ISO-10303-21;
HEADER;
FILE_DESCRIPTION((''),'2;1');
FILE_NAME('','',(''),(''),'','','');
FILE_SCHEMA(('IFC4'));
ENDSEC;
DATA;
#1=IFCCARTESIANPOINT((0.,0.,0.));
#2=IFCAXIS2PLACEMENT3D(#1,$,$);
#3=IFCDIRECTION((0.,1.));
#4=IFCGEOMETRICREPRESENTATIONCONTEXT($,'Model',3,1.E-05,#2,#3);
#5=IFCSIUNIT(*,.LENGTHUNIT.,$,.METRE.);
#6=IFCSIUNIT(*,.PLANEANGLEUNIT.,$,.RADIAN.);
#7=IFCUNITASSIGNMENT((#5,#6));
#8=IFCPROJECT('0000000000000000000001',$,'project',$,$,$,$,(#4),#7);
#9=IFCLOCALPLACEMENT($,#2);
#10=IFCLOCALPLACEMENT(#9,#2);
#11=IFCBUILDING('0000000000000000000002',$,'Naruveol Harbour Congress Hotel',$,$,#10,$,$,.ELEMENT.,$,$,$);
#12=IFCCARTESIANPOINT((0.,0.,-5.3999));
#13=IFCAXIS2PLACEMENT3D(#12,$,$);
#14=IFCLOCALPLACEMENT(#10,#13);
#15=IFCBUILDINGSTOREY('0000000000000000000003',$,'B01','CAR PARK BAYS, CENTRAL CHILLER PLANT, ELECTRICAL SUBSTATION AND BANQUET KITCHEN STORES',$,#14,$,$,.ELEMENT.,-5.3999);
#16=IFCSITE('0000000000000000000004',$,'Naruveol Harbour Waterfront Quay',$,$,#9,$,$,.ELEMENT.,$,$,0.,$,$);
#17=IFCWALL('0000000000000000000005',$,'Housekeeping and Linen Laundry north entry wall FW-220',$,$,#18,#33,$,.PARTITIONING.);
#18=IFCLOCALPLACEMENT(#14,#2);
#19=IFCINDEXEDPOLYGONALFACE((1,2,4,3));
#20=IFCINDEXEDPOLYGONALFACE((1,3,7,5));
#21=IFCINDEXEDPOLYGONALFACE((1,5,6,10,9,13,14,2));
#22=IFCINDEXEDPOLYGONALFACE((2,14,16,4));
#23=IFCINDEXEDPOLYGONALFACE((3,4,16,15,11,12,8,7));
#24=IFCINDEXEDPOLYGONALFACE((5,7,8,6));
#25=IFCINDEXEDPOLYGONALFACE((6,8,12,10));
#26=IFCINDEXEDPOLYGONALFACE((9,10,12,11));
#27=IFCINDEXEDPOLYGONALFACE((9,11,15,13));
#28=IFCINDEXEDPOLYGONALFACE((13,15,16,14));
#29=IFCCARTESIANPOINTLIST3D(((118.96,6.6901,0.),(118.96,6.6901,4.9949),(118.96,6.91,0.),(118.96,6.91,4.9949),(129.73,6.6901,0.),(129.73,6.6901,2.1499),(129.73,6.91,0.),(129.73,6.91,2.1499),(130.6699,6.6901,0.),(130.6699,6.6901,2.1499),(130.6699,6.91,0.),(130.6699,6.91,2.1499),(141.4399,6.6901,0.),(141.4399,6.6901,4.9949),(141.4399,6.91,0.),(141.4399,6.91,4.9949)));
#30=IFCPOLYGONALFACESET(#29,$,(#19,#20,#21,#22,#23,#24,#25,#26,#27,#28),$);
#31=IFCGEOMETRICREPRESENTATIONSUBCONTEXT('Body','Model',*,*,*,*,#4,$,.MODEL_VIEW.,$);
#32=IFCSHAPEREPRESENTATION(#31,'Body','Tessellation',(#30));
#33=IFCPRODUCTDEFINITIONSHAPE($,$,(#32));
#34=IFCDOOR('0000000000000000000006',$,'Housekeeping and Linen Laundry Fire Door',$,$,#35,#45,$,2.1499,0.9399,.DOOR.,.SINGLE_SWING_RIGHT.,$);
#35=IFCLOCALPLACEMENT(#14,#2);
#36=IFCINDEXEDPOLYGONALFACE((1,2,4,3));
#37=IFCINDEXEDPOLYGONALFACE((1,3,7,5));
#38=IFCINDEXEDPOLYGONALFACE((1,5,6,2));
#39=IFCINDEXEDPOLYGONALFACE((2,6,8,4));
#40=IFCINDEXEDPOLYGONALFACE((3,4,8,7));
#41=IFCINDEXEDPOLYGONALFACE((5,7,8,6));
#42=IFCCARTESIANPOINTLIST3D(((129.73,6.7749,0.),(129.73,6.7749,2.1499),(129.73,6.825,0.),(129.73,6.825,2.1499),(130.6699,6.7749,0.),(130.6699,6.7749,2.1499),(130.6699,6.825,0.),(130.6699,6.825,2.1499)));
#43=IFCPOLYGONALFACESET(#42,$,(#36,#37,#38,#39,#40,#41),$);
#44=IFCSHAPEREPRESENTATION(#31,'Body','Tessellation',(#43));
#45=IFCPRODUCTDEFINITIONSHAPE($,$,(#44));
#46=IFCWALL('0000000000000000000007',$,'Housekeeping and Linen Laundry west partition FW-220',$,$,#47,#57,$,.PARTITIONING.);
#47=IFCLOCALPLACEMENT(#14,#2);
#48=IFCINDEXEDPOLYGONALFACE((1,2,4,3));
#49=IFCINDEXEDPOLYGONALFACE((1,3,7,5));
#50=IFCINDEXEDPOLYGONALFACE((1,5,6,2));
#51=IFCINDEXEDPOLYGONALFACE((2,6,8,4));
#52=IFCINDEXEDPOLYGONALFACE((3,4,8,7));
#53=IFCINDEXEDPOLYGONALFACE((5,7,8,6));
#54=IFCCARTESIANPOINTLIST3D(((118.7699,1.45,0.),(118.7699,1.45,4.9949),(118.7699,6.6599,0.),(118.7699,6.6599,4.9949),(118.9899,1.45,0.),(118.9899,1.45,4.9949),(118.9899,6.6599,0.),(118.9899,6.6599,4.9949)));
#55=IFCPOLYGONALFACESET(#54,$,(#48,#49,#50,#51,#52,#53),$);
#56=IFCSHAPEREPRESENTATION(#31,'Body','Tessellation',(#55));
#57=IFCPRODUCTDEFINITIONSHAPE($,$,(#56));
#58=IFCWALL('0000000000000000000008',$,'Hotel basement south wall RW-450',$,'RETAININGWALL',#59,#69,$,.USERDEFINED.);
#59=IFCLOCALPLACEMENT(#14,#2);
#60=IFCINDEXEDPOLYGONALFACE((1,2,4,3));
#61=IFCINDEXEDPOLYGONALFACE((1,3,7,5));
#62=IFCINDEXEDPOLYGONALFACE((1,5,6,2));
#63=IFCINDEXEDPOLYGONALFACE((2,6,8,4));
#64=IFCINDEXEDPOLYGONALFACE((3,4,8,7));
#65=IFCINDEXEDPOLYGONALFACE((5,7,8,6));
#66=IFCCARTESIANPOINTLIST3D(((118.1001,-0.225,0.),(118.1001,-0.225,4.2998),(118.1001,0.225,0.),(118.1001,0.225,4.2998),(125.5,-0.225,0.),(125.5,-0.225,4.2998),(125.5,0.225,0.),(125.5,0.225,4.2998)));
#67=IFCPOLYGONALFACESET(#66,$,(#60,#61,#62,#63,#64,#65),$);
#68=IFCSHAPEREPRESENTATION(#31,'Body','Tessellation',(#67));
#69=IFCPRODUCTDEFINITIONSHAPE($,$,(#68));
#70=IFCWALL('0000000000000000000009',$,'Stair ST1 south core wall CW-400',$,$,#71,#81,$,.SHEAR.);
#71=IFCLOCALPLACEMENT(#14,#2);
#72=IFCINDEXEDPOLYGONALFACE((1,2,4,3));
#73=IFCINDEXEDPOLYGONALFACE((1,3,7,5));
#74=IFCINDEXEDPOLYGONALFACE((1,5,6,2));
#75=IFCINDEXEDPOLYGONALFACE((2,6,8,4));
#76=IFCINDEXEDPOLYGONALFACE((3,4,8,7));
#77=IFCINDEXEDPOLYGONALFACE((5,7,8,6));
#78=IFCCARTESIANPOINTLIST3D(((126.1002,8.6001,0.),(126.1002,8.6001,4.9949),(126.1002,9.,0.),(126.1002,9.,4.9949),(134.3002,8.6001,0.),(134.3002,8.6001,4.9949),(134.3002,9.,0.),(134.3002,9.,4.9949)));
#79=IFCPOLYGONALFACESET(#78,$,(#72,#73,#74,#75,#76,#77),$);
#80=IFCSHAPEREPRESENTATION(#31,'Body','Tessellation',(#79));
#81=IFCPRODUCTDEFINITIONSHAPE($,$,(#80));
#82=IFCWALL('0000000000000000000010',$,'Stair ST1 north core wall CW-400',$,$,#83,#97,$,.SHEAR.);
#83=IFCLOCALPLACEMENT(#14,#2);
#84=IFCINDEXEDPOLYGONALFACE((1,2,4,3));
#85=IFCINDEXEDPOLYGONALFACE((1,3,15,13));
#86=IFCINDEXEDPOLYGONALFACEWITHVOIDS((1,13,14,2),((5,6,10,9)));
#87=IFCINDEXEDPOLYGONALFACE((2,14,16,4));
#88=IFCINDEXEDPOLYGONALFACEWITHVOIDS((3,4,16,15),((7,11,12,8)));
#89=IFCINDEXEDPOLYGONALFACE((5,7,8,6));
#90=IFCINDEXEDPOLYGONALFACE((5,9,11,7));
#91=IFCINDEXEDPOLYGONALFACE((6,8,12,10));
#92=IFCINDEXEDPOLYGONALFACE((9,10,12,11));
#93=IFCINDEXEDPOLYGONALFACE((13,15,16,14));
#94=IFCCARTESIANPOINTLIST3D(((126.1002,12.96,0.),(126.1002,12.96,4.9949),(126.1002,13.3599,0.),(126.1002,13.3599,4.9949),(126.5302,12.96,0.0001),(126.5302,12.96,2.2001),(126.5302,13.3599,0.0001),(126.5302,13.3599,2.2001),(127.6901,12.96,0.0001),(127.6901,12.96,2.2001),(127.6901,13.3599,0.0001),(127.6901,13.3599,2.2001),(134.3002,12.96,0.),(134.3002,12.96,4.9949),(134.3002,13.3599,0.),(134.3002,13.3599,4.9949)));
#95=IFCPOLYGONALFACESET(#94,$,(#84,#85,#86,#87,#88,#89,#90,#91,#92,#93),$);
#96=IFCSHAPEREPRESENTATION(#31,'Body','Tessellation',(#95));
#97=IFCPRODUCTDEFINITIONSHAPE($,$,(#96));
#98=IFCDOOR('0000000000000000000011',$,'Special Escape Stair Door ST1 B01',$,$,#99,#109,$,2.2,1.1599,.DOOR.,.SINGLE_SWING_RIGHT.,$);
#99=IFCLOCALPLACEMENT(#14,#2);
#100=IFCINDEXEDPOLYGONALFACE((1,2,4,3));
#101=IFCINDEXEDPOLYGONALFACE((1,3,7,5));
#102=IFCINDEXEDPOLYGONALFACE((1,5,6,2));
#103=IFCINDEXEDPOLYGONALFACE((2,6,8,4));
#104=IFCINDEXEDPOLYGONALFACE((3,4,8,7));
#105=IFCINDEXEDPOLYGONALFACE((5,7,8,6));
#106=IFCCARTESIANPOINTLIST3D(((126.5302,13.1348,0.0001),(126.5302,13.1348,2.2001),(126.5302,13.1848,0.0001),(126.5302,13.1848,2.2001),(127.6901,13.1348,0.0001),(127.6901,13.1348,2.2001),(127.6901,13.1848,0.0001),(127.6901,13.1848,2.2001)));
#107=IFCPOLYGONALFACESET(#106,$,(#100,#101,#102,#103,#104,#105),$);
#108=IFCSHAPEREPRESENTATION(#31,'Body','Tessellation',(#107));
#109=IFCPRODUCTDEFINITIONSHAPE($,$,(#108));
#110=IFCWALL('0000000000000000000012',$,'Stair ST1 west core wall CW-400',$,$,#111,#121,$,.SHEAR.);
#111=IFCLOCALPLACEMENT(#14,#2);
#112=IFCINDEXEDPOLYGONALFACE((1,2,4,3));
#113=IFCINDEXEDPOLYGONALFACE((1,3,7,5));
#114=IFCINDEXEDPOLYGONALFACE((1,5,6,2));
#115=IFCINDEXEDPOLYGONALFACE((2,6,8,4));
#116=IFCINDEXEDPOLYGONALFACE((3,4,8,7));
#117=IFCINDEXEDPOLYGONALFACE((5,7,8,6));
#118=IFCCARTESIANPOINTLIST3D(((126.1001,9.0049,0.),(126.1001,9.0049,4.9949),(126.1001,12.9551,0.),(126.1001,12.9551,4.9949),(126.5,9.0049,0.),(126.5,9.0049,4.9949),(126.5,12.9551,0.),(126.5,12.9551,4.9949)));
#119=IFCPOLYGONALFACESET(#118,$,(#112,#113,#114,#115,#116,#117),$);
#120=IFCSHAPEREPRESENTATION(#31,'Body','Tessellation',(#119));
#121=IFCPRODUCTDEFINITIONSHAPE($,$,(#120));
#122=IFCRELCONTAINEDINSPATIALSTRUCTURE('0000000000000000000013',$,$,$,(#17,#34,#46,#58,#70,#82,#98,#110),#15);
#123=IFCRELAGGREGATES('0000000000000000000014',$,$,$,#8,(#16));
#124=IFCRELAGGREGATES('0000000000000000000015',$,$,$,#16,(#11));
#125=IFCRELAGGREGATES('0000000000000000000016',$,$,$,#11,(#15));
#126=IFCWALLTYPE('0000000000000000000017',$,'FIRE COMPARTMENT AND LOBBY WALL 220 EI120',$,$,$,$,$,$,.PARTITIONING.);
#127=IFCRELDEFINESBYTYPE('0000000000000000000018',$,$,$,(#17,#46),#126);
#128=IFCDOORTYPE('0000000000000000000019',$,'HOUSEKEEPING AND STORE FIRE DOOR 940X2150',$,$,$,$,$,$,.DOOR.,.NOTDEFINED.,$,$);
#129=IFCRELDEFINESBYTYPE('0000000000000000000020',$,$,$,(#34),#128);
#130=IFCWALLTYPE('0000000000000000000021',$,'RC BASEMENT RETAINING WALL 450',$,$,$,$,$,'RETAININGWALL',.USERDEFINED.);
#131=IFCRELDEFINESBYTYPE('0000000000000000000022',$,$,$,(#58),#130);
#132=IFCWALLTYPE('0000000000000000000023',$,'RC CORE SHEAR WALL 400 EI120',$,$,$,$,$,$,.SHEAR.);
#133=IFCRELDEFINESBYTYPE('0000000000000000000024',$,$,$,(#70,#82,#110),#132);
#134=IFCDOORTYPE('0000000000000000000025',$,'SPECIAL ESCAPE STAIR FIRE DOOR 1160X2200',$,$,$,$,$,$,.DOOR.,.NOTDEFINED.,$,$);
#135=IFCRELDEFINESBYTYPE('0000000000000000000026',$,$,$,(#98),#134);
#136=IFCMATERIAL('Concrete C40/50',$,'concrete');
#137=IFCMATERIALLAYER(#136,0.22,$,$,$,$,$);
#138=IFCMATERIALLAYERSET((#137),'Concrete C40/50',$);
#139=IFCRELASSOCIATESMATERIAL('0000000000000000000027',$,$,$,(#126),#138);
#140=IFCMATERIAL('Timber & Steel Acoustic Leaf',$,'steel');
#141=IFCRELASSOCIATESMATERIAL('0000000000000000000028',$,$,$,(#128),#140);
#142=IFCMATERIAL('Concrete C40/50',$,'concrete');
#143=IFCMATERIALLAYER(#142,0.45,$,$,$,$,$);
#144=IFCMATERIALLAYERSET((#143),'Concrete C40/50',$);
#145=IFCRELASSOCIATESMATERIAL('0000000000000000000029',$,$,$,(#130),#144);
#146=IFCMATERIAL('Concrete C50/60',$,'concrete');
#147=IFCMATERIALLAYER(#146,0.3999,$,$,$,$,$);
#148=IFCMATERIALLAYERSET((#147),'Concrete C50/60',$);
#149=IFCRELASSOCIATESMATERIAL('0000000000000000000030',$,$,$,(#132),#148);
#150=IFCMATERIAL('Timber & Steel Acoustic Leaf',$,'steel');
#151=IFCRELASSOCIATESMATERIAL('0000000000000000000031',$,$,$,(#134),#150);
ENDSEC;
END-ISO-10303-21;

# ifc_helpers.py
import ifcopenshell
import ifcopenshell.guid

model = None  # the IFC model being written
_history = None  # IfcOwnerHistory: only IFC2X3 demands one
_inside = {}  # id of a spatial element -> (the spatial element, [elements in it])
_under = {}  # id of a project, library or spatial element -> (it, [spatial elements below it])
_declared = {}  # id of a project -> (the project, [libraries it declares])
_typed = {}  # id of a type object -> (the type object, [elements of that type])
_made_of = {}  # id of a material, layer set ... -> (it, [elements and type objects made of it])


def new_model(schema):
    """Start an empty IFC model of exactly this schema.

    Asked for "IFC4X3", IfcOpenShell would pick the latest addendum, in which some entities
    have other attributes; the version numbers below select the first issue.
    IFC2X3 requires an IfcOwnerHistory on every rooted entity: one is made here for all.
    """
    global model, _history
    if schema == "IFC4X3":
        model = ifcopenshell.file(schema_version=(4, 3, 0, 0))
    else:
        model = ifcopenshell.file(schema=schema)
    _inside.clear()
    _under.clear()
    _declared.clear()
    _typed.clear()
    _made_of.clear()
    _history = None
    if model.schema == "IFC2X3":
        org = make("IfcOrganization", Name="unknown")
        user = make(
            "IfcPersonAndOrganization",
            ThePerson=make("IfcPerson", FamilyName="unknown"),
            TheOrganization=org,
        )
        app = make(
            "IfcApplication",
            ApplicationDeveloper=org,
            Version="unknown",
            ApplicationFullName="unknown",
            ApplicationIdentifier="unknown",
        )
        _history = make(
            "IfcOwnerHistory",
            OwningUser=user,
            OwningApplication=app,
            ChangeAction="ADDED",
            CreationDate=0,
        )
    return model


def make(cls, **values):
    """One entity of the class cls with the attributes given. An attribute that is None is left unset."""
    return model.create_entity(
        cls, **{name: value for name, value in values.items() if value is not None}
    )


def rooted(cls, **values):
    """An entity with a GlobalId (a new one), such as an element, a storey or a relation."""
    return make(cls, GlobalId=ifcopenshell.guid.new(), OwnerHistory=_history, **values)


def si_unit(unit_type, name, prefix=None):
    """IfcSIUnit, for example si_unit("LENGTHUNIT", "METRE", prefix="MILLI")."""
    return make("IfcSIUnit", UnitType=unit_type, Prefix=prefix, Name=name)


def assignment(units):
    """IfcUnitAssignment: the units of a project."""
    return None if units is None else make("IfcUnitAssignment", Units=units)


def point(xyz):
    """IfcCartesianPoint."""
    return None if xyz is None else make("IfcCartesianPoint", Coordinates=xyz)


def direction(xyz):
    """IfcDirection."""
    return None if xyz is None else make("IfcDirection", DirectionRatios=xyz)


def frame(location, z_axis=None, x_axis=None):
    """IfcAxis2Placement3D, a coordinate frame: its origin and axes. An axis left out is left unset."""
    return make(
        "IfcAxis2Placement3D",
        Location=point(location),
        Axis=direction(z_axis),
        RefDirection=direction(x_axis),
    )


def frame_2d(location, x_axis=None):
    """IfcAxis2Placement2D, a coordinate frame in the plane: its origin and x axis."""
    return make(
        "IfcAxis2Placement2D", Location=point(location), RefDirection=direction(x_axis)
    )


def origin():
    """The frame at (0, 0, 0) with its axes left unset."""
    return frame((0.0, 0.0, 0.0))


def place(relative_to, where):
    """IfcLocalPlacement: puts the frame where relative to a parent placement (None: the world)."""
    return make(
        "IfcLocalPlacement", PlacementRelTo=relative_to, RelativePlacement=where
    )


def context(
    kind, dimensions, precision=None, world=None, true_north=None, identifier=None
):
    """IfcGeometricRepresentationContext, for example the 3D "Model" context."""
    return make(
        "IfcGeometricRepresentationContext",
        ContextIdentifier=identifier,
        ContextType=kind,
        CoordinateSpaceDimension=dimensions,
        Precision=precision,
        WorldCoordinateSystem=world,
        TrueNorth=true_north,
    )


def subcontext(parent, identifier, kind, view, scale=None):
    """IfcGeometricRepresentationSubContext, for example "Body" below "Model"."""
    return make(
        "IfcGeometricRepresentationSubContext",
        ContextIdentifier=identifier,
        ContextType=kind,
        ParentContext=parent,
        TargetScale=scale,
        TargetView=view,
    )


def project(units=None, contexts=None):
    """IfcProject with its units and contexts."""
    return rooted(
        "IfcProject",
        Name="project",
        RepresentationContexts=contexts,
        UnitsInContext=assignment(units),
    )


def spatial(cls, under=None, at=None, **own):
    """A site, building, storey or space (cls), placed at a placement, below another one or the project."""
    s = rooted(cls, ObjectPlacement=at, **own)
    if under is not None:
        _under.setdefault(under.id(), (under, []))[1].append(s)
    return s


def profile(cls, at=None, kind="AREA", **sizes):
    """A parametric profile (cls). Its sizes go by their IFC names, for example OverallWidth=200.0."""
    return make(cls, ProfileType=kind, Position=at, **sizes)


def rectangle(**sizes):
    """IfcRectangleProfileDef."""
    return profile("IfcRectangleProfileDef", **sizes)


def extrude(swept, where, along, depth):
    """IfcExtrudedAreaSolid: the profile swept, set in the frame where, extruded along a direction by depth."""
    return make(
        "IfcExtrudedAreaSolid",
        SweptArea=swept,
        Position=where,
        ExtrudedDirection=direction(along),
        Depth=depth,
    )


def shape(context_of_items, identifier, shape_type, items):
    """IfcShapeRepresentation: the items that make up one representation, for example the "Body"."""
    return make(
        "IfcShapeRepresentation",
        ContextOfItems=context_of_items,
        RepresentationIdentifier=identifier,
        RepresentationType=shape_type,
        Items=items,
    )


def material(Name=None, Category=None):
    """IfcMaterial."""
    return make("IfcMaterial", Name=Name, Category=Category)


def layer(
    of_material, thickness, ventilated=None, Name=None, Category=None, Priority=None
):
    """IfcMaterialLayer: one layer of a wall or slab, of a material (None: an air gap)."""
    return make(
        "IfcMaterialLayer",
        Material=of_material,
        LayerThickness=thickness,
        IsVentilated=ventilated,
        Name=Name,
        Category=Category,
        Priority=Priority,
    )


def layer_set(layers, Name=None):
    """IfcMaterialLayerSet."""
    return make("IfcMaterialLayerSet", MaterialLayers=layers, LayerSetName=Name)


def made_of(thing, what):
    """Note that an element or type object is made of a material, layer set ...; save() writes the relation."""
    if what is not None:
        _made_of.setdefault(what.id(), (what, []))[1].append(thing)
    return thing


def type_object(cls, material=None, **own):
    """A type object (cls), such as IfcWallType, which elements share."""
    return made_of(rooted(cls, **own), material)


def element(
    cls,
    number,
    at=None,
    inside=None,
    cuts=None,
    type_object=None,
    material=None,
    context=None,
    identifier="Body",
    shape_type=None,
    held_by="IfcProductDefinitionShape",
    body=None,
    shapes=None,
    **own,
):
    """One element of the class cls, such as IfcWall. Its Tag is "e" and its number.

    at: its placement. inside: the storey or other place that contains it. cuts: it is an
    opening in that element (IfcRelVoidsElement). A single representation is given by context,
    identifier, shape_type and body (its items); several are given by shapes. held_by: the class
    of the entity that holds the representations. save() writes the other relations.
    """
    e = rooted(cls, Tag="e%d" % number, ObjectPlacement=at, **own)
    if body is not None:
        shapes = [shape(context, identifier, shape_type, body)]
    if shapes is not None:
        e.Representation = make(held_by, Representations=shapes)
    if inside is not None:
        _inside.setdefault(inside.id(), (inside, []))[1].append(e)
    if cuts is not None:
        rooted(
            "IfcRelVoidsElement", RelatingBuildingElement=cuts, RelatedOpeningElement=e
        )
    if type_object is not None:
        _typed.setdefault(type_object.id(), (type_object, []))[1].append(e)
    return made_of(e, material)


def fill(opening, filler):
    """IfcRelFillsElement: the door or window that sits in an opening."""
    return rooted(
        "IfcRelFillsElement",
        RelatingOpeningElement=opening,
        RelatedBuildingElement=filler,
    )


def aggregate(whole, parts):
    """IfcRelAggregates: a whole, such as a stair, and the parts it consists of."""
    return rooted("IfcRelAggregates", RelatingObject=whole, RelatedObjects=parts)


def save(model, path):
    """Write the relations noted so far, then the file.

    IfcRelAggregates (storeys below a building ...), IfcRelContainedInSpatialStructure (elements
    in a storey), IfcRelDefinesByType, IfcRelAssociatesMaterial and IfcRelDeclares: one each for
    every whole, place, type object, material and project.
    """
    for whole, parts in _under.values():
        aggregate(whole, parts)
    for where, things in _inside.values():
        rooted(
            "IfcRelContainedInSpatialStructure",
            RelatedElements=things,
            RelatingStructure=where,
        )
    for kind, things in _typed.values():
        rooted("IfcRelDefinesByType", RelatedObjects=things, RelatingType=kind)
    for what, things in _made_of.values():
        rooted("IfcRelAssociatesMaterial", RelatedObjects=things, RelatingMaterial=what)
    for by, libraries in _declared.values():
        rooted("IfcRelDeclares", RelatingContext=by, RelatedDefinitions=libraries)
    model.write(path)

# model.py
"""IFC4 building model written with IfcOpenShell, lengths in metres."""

from ifc_helpers import new_model, si_unit, direction, frame, frame_2d, origin, place, context, subcontext, project, spatial, rectangle, extrude, material, layer, layer_set, type_object, element, fill, save


model = new_model("IFC4")

# Units and contexts
model_context = context("Model", 3, precision=1e-05, world=origin(), true_north=direction((0.0, 1.0)))
body_context = subcontext(model_context, "Body", "Model", "MODEL_VIEW")
ifc_project = project(units=[si_unit("LENGTHUNIT", "METRE"), si_unit("PLANEANGLEUNIT", "RADIAN")], contexts=[model_context])

# Site, building, storey
site_placement = place(None, origin())
site = spatial("IfcSite", under=ifc_project, at=site_placement, Name="Naruveol Harbour Waterfront Quay", CompositionType="ELEMENT", RefElevation=0.0)
building_placement = place(site_placement, origin())
building = spatial("IfcBuilding", under=site, at=building_placement, Name="Naruveol Harbour Congress Hotel", CompositionType="ELEMENT")
storey_placement = place(building_placement, frame((0.0, 0.0, -5.3999)))
storey = spatial("IfcBuildingStorey", under=building, at=storey_placement, Name="B01", Description="CAR PARK BAYS, CENTRAL CHILLER PLANT, ELECTRICAL SUBSTATION AND BANQUET KITCHEN STORES", CompositionType="ELEMENT", Elevation=-5.3999)

# Shared definitions
ifc_material_1 = material(Name="Concrete C40/50", Category="concrete")
ifc_layer_1 = layer(ifc_material_1, 0.22)
ifc_layer_set_1 = layer_set([ifc_layer_1], Name="Concrete C40/50")
wall_type_1 = type_object("IfcWallType", Name="FIRE COMPARTMENT AND LOBBY WALL 220 EI120", PredefinedType="PARTITIONING", material=ifc_layer_set_1)

# Wall, opening, door
wall_1_placement = place(storey_placement, frame((118.96, 6.8, 0.0), z_axis=(0.0, 0.0, 1.0), x_axis=(1.0, 0.0, 0.0)))
wall_1 = element("IfcWall", 1, at=wall_1_placement, inside=storey, type_object=wall_type_1, Name="Housekeeping and Linen Laundry north entry wall FW-220", PredefinedType="PARTITIONING", context=body_context, shape_type="SweptSolid", body=[
    extrude(rectangle(XDim=22.48, YDim=0.22, at=frame_2d((11.24, 0.0))), origin(), (0.0, 0.0, 1.0), 4.9949),
])
opening_1_placement = place(wall_1_placement, frame((10.77, 0.0, 0.0)))
opening_1 = element("IfcOpeningElement", 2, at=opening_1_placement, cuts=wall_1, PredefinedType="OPENING", context=body_context, shape_type="SweptSolid", body=[
    extrude(rectangle(XDim=0.9399, YDim=2.1499, at=frame_2d((0.47, 1.075))), frame((0.0, 0.1199, 0.0), z_axis=(0.0, -1.0, 0.0), x_axis=(1.0, 0.0, 0.0)), (0.0, 0.0, 1.0), 0.24),
])
ifc_material_2 = material(Name="Timber & Steel Acoustic Leaf", Category="steel")
door_type_1 = type_object("IfcDoorType", Name="HOUSEKEEPING AND STORE FIRE DOOR 940X2150", OperationType="NOTDEFINED", PredefinedType="DOOR", material=ifc_material_2)
door_1_placement = place(opening_1_placement, origin())
door_1 = element("IfcDoor", 3, at=door_1_placement, inside=storey, type_object=door_type_1, Name="Housekeeping and Linen Laundry Fire Door", OperationType="SINGLE_SWING_RIGHT", OverallHeight=2.1499, OverallWidth=0.9399, PredefinedType="DOOR", context=body_context, shape_type="SweptSolid", body=[
    extrude(rectangle(XDim=0.9399, YDim=2.1499, at=frame_2d((0.47, 1.075))), frame((0.0, 0.0249, 0.0), z_axis=(0.0, -1.0, 0.0), x_axis=(1.0, 0.0, 0.0)), (0.0, 0.0, 1.0), 0.05),
])
fill(opening_1, door_1)

# Walls
wall_2_placement = place(storey_placement, frame((118.8799, 1.45, 0.0), z_axis=(0.0, 0.0, 1.0), x_axis=(0.0, 1.0, 0.0)))
element("IfcWall", 4, at=wall_2_placement, inside=storey, type_object=wall_type_1, Name="Housekeeping and Linen Laundry west partition FW-220", PredefinedType="PARTITIONING", context=body_context, shape_type="SweptSolid", body=[
    extrude(rectangle(XDim=5.21, YDim=0.22, at=frame_2d((2.605, 0.0))), origin(), (0.0, 0.0, 1.0), 4.9949),
])
ifc_material_3 = material(Name="Concrete C40/50", Category="concrete")
ifc_layer_2 = layer(ifc_material_3, 0.45)
ifc_layer_set_2 = layer_set([ifc_layer_2], Name="Concrete C40/50")
wall_type_2 = type_object("IfcWallType", Name="RC BASEMENT RETAINING WALL 450", ElementType="RETAININGWALL", PredefinedType="USERDEFINED", material=ifc_layer_set_2)
wall_3_placement = place(storey_placement, frame((125.5, 0.0, 0.0), z_axis=(0.0, 0.0, 1.0), x_axis=(-1.0, 0.0, 0.0)))
element("IfcWall", 5, at=wall_3_placement, inside=storey, type_object=wall_type_2, Name="Hotel basement south wall RW-450", ObjectType="RETAININGWALL", PredefinedType="USERDEFINED", context=body_context, shape_type="SweptSolid", body=[
    extrude(rectangle(XDim=7.3999, YDim=0.45, at=frame_2d((3.7, 0.0))), origin(), (0.0, 0.0, 1.0), 4.2998),
])
ifc_material_4 = material(Name="Concrete C50/60", Category="concrete")
ifc_layer_3 = layer(ifc_material_4, 0.3999)
ifc_layer_set_3 = layer_set([ifc_layer_3], Name="Concrete C50/60")
wall_type_3 = type_object("IfcWallType", Name="RC CORE SHEAR WALL 400 EI120", PredefinedType="SHEAR", material=ifc_layer_set_3)
wall_4_placement = place(storey_placement, frame((126.1001, 8.8, 0.0), z_axis=(0.0, 0.0, 1.0), x_axis=(1.0, 0.0, 0.0)))
element("IfcWall", 6, at=wall_4_placement, inside=storey, type_object=wall_type_3, Name="Stair ST1 south core wall CW-400", PredefinedType="SHEAR", context=body_context, shape_type="SweptSolid", body=[
    extrude(rectangle(XDim=8.2, YDim=0.3999, at=frame_2d((4.1001, 0.0))), origin(), (0.0, 0.0, 1.0), 4.9949),
])

# Wall, opening, door
wall_5_placement = place(storey_placement, frame((126.1001, 13.1599, 0.0), z_axis=(0.0, 0.0, 1.0), x_axis=(1.0, 0.0, 0.0)))
wall_5 = element("IfcWall", 7, at=wall_5_placement, inside=storey, type_object=wall_type_3, Name="Stair ST1 north core wall CW-400", PredefinedType="SHEAR", context=body_context, shape_type="SweptSolid", body=[
    extrude(rectangle(XDim=8.2, YDim=0.3999, at=frame_2d((4.1001, 0.0))), origin(), (0.0, 0.0, 1.0), 4.9949),
])
opening_2_placement = place(wall_5_placement, frame((0.4299, 0.0, 0.0)))
opening_2 = element("IfcOpeningElement", 8, at=opening_2_placement, cuts=wall_5, PredefinedType="OPENING", context=body_context, shape_type="SweptSolid", body=[
    extrude(rectangle(XDim=1.1599, YDim=2.2, at=frame_2d((0.5801, 1.1001))), frame((0.0, 0.21, 0.0), z_axis=(0.0, -1.0, 0.0), x_axis=(1.0, 0.0, 0.0)), (0.0, 0.0, 1.0), 0.4199),
])
ifc_material_5 = material(Name="Timber & Steel Acoustic Leaf", Category="steel")
door_type_2 = type_object("IfcDoorType", Name="SPECIAL ESCAPE STAIR FIRE DOOR 1160X2200", OperationType="NOTDEFINED", PredefinedType="DOOR", material=ifc_material_5)
door_2_placement = place(opening_2_placement, origin())
door_2 = element("IfcDoor", 9, at=door_2_placement, inside=storey, type_object=door_type_2, Name="Special Escape Stair Door ST1 B01", OperationType="SINGLE_SWING_RIGHT", OverallHeight=2.2, OverallWidth=1.1599, PredefinedType="DOOR", context=body_context, shape_type="SweptSolid", body=[
    extrude(rectangle(XDim=1.1599, YDim=2.2, at=frame_2d((0.5801, 1.1001))), frame((0.0, 0.0249, 0.0), z_axis=(0.0, -1.0, 0.0), x_axis=(1.0, 0.0, 0.0)), (0.0, 0.0, 1.0), 0.05),
])
fill(opening_2, door_2)

# Wall
wall_6_placement = place(storey_placement, frame((126.3, 9.0049, 0.0), z_axis=(0.0, 0.0, 1.0), x_axis=(0.0, 1.0, 0.0)))
element("IfcWall", 10, at=wall_6_placement, inside=storey, type_object=wall_type_3, Name="Stair ST1 west core wall CW-400", PredefinedType="SHEAR", context=body_context, shape_type="SweptSolid", body=[
    extrude(rectangle(XDim=3.9502, YDim=0.3999, at=frame_2d((1.9751, 0.0))), origin(), (0.0, 0.0, 1.0), 4.9949),
])

save(model, "model.ifc")
